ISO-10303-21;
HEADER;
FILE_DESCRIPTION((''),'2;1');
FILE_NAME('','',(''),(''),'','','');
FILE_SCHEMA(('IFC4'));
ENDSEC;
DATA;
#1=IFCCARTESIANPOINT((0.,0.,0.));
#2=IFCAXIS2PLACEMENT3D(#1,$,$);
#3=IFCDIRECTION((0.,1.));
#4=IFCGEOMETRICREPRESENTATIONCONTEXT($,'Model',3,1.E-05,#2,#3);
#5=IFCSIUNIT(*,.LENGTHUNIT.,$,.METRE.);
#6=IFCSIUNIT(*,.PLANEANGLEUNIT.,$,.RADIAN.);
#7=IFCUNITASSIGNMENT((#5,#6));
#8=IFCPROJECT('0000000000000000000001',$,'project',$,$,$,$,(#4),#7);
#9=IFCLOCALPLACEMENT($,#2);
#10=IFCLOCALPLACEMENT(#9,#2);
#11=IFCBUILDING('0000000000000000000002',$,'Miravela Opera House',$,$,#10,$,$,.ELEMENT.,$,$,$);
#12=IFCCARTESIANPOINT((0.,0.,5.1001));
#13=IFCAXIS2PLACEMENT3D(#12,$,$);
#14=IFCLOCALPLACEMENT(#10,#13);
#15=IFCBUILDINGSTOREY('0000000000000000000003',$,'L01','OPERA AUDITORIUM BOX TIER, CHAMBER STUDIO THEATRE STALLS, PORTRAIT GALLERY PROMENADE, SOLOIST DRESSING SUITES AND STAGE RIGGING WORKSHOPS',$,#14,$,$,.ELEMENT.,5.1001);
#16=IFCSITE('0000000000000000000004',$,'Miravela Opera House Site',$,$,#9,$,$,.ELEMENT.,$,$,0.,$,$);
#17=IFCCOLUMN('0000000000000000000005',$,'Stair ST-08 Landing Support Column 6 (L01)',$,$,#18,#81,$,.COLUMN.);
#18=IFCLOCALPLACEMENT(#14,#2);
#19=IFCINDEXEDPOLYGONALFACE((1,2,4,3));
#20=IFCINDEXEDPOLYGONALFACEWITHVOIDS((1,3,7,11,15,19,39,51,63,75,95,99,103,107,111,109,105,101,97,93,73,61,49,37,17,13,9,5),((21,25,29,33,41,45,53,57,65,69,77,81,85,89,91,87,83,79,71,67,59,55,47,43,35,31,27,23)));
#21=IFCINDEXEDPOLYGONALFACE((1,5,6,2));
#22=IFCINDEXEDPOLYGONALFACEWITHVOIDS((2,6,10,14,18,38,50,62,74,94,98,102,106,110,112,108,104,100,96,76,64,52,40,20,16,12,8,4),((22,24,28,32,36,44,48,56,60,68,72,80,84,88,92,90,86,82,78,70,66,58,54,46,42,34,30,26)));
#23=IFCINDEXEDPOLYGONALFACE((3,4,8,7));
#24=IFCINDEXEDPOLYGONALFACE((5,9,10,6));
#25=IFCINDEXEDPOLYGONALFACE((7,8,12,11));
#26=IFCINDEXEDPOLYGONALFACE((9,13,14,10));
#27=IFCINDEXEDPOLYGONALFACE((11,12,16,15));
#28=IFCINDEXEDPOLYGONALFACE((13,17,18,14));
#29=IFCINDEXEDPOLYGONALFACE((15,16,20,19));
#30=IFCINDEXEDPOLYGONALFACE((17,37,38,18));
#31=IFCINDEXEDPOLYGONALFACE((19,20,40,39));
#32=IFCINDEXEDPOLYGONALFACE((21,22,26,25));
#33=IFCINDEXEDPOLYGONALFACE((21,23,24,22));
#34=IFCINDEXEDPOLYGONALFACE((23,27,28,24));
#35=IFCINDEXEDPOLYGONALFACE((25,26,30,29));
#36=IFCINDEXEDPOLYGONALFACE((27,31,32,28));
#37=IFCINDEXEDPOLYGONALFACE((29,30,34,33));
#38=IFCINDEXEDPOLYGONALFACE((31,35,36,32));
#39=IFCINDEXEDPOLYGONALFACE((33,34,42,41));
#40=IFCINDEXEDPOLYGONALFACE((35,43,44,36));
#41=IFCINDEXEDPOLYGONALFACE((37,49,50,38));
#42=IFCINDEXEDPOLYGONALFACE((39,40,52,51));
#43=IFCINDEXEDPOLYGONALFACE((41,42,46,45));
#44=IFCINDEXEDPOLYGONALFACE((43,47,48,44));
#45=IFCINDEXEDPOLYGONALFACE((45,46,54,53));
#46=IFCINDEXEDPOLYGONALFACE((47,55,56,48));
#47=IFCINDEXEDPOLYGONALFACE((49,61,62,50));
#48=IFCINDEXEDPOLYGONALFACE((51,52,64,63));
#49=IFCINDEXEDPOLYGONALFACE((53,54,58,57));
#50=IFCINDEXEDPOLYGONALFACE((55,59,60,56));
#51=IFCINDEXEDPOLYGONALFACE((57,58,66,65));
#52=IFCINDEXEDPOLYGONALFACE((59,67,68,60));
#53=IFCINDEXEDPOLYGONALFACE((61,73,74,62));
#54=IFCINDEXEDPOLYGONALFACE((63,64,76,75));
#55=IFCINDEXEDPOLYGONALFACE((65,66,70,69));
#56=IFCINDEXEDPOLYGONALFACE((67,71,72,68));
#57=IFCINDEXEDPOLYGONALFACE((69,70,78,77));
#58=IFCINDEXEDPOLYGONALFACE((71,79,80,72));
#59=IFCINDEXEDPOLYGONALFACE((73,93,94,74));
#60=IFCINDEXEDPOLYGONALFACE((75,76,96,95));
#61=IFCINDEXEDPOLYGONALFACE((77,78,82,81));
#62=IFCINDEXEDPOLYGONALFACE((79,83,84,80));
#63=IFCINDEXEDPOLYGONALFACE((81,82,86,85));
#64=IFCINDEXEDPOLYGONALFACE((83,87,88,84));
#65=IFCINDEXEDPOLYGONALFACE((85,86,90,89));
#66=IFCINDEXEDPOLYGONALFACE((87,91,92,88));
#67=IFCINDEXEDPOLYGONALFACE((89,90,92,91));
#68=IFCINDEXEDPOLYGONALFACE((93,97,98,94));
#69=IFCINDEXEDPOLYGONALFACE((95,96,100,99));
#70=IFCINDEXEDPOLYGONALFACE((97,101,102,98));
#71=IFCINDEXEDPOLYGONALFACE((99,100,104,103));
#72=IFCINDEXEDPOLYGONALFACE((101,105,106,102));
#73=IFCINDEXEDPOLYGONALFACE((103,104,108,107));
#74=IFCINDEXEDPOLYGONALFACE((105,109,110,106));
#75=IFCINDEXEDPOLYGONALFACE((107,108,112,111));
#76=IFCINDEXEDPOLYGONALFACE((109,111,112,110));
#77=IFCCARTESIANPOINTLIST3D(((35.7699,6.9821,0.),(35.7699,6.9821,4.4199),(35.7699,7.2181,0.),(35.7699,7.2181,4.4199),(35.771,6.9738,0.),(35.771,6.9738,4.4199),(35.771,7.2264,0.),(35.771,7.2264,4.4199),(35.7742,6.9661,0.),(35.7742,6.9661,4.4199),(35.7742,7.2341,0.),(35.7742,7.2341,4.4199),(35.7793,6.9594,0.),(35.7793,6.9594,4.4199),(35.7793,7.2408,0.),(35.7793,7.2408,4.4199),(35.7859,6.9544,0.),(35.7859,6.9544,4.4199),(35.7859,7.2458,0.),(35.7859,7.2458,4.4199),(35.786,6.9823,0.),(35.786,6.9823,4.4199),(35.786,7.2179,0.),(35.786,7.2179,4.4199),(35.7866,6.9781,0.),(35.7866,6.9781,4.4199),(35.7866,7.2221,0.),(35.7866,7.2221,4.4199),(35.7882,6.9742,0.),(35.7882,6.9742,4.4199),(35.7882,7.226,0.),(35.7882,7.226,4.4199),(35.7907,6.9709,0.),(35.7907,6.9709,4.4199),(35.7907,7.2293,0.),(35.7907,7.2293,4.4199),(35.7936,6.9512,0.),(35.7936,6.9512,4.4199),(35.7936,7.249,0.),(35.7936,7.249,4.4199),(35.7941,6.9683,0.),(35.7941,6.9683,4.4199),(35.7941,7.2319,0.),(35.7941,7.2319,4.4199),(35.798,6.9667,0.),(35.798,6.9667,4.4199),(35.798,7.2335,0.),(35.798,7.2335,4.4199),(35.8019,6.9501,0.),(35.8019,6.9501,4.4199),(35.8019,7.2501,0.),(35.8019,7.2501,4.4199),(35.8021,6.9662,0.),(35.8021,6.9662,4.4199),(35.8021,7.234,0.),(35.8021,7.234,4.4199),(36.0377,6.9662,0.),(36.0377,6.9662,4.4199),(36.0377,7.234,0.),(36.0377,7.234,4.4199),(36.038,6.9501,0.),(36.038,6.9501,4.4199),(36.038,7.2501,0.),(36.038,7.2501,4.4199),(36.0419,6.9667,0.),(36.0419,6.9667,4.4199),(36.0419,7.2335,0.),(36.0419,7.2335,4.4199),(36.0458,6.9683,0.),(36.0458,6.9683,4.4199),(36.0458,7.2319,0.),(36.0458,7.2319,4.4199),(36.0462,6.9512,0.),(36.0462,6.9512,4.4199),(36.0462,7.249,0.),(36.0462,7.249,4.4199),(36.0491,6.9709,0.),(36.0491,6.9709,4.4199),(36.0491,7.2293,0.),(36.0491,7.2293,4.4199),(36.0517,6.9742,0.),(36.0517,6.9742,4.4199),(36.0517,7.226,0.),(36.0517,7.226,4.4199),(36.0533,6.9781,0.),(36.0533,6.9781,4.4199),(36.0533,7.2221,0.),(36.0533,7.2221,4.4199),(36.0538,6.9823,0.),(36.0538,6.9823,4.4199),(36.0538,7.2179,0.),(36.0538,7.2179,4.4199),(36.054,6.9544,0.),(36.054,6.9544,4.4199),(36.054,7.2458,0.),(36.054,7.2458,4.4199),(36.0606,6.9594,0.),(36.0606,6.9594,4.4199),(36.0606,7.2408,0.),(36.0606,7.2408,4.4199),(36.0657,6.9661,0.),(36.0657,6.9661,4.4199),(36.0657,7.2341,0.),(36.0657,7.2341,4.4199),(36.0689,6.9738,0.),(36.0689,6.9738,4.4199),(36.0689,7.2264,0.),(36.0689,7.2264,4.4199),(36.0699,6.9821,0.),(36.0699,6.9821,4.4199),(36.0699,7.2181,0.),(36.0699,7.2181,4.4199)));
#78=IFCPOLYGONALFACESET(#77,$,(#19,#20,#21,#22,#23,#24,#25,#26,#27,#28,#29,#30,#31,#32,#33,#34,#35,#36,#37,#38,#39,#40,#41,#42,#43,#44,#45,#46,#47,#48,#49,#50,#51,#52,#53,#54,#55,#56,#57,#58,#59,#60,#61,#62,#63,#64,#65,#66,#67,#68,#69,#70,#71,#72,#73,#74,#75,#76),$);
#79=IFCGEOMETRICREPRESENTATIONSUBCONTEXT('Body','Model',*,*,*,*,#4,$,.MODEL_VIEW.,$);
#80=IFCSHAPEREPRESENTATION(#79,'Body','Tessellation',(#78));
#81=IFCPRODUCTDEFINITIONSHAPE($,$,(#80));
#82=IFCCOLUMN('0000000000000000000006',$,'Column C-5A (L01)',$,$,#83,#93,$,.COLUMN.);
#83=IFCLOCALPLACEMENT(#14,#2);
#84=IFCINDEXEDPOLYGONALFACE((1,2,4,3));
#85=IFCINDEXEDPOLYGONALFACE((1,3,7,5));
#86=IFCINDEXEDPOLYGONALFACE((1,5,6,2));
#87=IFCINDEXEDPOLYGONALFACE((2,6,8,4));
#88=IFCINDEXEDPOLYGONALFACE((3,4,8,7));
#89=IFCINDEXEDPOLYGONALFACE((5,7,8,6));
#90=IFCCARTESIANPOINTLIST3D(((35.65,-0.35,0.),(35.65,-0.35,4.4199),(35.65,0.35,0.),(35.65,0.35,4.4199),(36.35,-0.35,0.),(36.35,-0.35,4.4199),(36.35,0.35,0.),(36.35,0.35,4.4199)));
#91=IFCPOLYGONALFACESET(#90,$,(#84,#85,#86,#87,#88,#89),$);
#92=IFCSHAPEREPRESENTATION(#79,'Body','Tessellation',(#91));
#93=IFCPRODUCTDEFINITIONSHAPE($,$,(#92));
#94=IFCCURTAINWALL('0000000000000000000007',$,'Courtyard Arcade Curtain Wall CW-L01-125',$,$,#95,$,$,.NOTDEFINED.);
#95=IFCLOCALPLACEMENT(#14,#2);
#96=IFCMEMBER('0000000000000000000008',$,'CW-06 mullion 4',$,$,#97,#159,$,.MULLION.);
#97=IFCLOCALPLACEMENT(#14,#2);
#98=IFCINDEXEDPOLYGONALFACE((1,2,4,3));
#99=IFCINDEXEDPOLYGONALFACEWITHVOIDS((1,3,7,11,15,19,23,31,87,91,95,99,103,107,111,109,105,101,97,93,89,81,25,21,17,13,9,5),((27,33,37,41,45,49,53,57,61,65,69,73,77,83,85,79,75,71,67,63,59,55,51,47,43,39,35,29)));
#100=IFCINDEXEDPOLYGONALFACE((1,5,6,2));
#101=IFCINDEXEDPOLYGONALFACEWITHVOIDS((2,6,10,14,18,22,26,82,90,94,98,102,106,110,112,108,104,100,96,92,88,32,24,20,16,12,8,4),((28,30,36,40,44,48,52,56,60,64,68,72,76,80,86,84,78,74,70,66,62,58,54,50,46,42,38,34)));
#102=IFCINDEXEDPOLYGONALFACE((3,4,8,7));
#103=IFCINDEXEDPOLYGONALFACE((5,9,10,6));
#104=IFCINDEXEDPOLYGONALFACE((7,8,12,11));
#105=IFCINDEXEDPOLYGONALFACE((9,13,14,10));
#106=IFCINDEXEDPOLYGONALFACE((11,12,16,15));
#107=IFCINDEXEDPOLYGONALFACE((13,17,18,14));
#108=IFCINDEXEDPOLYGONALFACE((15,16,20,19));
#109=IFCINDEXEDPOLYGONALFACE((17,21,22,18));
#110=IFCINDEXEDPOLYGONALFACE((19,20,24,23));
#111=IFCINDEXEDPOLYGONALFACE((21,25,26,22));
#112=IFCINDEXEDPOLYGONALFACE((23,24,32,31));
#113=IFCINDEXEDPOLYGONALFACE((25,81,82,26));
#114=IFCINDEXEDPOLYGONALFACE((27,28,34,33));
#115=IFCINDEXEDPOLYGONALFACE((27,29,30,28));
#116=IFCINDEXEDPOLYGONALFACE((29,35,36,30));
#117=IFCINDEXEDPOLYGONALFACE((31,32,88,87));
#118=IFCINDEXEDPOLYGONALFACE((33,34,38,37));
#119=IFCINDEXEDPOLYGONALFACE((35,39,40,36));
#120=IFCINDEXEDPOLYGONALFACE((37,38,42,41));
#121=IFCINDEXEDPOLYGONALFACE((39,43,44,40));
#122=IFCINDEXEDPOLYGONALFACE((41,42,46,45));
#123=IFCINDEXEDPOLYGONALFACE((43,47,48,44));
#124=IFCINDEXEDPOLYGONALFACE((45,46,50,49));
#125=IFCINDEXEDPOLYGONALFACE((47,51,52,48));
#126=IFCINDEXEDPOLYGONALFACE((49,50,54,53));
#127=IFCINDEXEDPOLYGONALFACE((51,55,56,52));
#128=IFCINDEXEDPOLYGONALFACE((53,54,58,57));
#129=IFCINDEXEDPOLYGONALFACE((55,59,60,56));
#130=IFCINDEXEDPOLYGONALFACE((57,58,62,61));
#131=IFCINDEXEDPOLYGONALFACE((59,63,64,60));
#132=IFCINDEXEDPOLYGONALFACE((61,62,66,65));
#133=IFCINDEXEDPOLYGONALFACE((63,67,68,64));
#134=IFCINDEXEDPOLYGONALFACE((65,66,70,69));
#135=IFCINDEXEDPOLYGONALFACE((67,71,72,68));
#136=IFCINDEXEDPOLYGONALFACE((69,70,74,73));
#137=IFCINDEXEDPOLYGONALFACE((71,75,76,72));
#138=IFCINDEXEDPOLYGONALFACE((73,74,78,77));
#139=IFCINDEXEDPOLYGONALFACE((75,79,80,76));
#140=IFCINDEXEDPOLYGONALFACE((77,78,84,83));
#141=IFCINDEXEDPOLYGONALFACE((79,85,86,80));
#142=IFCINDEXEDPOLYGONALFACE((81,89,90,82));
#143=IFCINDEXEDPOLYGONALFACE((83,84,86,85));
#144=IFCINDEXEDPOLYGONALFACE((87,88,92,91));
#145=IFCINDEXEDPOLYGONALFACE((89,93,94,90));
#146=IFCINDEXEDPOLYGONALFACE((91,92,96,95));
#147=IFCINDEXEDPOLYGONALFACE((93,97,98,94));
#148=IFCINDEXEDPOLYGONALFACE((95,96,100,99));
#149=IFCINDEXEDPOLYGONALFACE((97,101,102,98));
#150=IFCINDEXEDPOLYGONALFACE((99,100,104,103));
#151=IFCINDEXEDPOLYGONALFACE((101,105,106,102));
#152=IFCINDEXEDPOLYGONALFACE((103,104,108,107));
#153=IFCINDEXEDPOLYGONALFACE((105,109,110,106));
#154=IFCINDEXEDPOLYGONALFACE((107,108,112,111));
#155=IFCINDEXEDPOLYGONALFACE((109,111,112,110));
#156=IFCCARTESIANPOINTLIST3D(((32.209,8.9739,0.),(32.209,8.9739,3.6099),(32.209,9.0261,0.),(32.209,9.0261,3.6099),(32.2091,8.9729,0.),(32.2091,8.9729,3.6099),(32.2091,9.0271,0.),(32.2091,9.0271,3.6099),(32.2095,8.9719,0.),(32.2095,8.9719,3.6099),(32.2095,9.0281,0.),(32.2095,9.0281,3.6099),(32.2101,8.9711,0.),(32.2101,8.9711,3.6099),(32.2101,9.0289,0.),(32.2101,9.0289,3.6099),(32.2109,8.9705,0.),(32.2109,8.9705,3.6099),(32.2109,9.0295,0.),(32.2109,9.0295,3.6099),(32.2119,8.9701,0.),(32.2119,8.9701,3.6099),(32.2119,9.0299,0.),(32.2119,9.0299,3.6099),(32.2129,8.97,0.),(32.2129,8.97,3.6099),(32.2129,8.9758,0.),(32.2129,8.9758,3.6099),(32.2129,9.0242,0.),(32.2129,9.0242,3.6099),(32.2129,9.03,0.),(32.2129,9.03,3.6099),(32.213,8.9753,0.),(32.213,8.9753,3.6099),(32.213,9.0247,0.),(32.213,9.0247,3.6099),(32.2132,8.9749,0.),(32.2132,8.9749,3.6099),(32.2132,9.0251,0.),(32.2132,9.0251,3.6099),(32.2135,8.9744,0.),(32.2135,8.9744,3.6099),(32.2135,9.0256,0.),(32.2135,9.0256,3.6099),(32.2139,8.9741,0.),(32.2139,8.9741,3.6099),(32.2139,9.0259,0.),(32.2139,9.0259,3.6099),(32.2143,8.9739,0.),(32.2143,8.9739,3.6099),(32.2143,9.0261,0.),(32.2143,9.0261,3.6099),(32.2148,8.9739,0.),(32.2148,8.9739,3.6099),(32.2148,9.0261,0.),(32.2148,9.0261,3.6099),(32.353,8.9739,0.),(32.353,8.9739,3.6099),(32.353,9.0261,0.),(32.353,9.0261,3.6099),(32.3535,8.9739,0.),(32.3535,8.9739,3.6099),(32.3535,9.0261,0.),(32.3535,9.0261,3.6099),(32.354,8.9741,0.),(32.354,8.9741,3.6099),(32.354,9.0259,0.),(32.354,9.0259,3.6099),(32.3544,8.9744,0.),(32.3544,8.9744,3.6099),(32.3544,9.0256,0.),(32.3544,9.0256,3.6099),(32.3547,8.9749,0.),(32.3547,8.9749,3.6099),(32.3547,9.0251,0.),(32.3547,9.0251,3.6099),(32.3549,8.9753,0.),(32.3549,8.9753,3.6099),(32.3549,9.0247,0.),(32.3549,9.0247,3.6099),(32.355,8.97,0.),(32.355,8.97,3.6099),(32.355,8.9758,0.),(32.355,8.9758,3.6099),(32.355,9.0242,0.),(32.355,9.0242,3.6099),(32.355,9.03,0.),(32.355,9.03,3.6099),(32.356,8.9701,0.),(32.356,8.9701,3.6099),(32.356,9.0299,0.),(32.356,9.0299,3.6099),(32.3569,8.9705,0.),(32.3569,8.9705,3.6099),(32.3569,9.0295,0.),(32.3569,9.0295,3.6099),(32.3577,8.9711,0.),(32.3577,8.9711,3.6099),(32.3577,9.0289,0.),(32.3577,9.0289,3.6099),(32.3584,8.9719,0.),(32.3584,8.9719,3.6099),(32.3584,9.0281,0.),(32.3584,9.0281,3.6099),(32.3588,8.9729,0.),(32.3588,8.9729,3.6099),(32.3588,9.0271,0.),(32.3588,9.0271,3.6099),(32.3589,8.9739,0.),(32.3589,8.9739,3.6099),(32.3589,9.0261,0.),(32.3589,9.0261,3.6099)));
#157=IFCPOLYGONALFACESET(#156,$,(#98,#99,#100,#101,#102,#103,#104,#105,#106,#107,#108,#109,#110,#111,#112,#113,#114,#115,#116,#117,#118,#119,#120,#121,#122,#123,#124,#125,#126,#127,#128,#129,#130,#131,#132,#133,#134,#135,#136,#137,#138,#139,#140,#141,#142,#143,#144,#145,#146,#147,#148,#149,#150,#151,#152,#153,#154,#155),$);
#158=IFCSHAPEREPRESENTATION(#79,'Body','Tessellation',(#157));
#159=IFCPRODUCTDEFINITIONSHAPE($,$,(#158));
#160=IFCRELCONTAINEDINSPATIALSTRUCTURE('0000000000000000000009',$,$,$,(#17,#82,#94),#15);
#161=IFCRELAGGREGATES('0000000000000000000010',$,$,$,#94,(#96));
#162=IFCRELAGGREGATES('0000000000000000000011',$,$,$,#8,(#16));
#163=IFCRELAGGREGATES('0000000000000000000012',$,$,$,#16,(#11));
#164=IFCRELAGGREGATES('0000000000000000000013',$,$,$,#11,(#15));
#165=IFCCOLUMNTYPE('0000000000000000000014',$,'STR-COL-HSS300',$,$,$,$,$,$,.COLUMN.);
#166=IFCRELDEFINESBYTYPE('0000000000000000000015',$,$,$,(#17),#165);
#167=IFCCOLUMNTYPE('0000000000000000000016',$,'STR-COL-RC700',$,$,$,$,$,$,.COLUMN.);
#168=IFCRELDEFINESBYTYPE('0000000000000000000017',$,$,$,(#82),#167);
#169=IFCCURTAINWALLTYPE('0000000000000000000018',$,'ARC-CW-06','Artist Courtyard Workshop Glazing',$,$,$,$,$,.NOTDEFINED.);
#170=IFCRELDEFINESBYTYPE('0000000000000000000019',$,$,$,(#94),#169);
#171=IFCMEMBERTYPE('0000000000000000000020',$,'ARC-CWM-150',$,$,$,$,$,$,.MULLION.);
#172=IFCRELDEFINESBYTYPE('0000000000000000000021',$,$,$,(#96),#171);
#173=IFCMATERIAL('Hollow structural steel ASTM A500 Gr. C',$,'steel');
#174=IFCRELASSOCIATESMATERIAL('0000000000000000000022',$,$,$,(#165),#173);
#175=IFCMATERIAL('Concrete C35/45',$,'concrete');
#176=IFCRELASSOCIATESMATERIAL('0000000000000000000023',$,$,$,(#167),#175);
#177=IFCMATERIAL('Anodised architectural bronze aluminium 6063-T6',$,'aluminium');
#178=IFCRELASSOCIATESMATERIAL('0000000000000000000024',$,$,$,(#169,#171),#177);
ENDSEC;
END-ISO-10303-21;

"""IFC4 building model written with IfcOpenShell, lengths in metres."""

from ifc_helpers import new_model, si_unit, direction, frame, origin, origin_2d, place, context, subcontext, project, spatial, rectangle, hollow_rectangle, extrude, material, material_profile, profile_set, type_object, element, aggregate, save


model = new_model("IFC4")

# Units and contexts
model_context = context("Model", 3, precision=1e-05, world=origin(), true_north=direction((0.0, 1.0)))
body_context = subcontext(model_context, "Body", "Model", "MODEL_VIEW")
ifc_project = project(units=[si_unit("LENGTHUNIT", "METRE"), si_unit("PLANEANGLEUNIT", "RADIAN")], contexts=[model_context])

# Site, building, storey
site_placement = place(None, origin())
site = spatial("IfcSite", under=ifc_project, at=site_placement, Name="Miravela Opera House Site", CompositionType="ELEMENT", RefElevation=0.0)
building_placement = place(site_placement, origin())
building = spatial("IfcBuilding", under=site, at=building_placement, Name="Miravela Opera House", CompositionType="ELEMENT")
storey_placement = place(building_placement, frame((0.0, 0.0, 5.1001)))
storey = spatial("IfcBuildingStorey", under=building, at=storey_placement, Name="L01", Description="OPERA AUDITORIUM BOX TIER, CHAMBER STUDIO THEATRE STALLS, PORTRAIT GALLERY PROMENADE, SOLOIST DRESSING SUITES AND STAGE RIGGING WORKSHOPS", CompositionType="ELEMENT", Elevation=5.1001)

# Columns
ifc_material_1 = material(Name="Hollow structural steel ASTM A500 Gr. C", Category="steel")
ifc_material_profile_1 = material_profile(ifc_material_1, hollow_rectangle(XDim=0.3, YDim=0.3, WallThickness=0.0161, InnerFilletRadius=0.0161, OuterFilletRadius=0.032, at=origin_2d()), Name="HSS300X300X16")
ifc_profile_set_1 = profile_set([ifc_material_profile_1])
column_type_1 = type_object("IfcColumnType", Name="STR-COL-HSS300", PredefinedType="COLUMN", material=ifc_profile_set_1)
for number, where, z_axis, x_axis, name in (
    (1, (35.9199, 7.1001, 0.0), (0.0, 0.0, 1.0), (1.0, 0.0, 0.0), "Stair ST-08 Landing Support Column 6 (L01)"),
):
    element("IfcColumn", number, at=place(storey_placement, frame(where, z_axis=z_axis, x_axis=x_axis)), inside=storey, type_object=column_type_1, Name=name, PredefinedType="COLUMN", context=body_context, shape_type="SweptSolid", body=[
        extrude(hollow_rectangle(XDim=0.3, YDim=0.3, WallThickness=0.0161, InnerFilletRadius=0.0161, OuterFilletRadius=0.032, at=origin_2d()), origin(), (0.0, 0.0, 1.0), 4.4199),
    ])
ifc_material_2 = material(Name="Concrete C35/45", Category="concrete")
ifc_material_profile_2 = material_profile(ifc_material_2, rectangle(XDim=0.7, YDim=0.7, at=origin_2d()), Name="RC-COL-700X700")
ifc_profile_set_2 = profile_set([ifc_material_profile_2])
column_type_2 = type_object("IfcColumnType", Name="STR-COL-RC700", PredefinedType="COLUMN", material=ifc_profile_set_2)
column_placement = place(storey_placement, frame((36.0, 0.0, 0.0), z_axis=(0.0, 0.0, 1.0), x_axis=(1.0, 0.0, 0.0)))
element("IfcColumn", 2, at=column_placement, inside=storey, type_object=column_type_2, Name="Column C-5A (L01)", PredefinedType="COLUMN", context=body_context, shape_type="SweptSolid", body=[
    extrude(rectangle(XDim=0.7, YDim=0.7, at=origin_2d()), origin(), (0.0, 0.0, 1.0), 4.4199),
])

# Curtain wall, member
ifc_material_3 = material(Name="Anodised architectural bronze aluminium 6063-T6", Category="aluminium")
curtain_wall_type = type_object("IfcCurtainWallType", Name="ARC-CW-06", Description="Artist Courtyard Workshop Glazing", PredefinedType="NOTDEFINED", material=ifc_material_3)
curtain_wall_placement = place(storey_placement, origin())
curtain_wall = element("IfcCurtainWall", 3, at=curtain_wall_placement, inside=storey, type_object=curtain_wall_type, Name="Courtyard Arcade Curtain Wall CW-L01-125", PredefinedType="NOTDEFINED")
ifc_material_profile_3 = material_profile(ifc_material_3, hollow_rectangle(XDim=0.0601, YDim=0.1499, WallThickness=0.0039, InnerFilletRadius=0.002, OuterFilletRadius=0.0039, at=origin_2d()), Name="CWM-60X150")
ifc_profile_set_3 = profile_set([ifc_material_profile_3])
member_type_1 = type_object("IfcMemberType", Name="ARC-CWM-150", PredefinedType="MULLION", material=ifc_profile_set_3)
member_1_placement = place(storey_placement, frame((32.2839, 9.0, 0.0), z_axis=(0.0, 0.0, 1.0), x_axis=(0.0, 1.0, 0.0)))
member_1 = element("IfcMember", 4, at=member_1_placement, type_object=member_type_1, Name="CW-06 mullion 4", PredefinedType="MULLION", context=body_context, shape_type="SweptSolid", body=[
    extrude(hollow_rectangle(XDim=0.0601, YDim=0.1499, WallThickness=0.0039, InnerFilletRadius=0.002, OuterFilletRadius=0.0039, at=origin_2d()), origin(), (0.0, 0.0, 1.0), 3.6099),
])

aggregate(curtain_wall, [member_1])

save(model, "model.ifc")
